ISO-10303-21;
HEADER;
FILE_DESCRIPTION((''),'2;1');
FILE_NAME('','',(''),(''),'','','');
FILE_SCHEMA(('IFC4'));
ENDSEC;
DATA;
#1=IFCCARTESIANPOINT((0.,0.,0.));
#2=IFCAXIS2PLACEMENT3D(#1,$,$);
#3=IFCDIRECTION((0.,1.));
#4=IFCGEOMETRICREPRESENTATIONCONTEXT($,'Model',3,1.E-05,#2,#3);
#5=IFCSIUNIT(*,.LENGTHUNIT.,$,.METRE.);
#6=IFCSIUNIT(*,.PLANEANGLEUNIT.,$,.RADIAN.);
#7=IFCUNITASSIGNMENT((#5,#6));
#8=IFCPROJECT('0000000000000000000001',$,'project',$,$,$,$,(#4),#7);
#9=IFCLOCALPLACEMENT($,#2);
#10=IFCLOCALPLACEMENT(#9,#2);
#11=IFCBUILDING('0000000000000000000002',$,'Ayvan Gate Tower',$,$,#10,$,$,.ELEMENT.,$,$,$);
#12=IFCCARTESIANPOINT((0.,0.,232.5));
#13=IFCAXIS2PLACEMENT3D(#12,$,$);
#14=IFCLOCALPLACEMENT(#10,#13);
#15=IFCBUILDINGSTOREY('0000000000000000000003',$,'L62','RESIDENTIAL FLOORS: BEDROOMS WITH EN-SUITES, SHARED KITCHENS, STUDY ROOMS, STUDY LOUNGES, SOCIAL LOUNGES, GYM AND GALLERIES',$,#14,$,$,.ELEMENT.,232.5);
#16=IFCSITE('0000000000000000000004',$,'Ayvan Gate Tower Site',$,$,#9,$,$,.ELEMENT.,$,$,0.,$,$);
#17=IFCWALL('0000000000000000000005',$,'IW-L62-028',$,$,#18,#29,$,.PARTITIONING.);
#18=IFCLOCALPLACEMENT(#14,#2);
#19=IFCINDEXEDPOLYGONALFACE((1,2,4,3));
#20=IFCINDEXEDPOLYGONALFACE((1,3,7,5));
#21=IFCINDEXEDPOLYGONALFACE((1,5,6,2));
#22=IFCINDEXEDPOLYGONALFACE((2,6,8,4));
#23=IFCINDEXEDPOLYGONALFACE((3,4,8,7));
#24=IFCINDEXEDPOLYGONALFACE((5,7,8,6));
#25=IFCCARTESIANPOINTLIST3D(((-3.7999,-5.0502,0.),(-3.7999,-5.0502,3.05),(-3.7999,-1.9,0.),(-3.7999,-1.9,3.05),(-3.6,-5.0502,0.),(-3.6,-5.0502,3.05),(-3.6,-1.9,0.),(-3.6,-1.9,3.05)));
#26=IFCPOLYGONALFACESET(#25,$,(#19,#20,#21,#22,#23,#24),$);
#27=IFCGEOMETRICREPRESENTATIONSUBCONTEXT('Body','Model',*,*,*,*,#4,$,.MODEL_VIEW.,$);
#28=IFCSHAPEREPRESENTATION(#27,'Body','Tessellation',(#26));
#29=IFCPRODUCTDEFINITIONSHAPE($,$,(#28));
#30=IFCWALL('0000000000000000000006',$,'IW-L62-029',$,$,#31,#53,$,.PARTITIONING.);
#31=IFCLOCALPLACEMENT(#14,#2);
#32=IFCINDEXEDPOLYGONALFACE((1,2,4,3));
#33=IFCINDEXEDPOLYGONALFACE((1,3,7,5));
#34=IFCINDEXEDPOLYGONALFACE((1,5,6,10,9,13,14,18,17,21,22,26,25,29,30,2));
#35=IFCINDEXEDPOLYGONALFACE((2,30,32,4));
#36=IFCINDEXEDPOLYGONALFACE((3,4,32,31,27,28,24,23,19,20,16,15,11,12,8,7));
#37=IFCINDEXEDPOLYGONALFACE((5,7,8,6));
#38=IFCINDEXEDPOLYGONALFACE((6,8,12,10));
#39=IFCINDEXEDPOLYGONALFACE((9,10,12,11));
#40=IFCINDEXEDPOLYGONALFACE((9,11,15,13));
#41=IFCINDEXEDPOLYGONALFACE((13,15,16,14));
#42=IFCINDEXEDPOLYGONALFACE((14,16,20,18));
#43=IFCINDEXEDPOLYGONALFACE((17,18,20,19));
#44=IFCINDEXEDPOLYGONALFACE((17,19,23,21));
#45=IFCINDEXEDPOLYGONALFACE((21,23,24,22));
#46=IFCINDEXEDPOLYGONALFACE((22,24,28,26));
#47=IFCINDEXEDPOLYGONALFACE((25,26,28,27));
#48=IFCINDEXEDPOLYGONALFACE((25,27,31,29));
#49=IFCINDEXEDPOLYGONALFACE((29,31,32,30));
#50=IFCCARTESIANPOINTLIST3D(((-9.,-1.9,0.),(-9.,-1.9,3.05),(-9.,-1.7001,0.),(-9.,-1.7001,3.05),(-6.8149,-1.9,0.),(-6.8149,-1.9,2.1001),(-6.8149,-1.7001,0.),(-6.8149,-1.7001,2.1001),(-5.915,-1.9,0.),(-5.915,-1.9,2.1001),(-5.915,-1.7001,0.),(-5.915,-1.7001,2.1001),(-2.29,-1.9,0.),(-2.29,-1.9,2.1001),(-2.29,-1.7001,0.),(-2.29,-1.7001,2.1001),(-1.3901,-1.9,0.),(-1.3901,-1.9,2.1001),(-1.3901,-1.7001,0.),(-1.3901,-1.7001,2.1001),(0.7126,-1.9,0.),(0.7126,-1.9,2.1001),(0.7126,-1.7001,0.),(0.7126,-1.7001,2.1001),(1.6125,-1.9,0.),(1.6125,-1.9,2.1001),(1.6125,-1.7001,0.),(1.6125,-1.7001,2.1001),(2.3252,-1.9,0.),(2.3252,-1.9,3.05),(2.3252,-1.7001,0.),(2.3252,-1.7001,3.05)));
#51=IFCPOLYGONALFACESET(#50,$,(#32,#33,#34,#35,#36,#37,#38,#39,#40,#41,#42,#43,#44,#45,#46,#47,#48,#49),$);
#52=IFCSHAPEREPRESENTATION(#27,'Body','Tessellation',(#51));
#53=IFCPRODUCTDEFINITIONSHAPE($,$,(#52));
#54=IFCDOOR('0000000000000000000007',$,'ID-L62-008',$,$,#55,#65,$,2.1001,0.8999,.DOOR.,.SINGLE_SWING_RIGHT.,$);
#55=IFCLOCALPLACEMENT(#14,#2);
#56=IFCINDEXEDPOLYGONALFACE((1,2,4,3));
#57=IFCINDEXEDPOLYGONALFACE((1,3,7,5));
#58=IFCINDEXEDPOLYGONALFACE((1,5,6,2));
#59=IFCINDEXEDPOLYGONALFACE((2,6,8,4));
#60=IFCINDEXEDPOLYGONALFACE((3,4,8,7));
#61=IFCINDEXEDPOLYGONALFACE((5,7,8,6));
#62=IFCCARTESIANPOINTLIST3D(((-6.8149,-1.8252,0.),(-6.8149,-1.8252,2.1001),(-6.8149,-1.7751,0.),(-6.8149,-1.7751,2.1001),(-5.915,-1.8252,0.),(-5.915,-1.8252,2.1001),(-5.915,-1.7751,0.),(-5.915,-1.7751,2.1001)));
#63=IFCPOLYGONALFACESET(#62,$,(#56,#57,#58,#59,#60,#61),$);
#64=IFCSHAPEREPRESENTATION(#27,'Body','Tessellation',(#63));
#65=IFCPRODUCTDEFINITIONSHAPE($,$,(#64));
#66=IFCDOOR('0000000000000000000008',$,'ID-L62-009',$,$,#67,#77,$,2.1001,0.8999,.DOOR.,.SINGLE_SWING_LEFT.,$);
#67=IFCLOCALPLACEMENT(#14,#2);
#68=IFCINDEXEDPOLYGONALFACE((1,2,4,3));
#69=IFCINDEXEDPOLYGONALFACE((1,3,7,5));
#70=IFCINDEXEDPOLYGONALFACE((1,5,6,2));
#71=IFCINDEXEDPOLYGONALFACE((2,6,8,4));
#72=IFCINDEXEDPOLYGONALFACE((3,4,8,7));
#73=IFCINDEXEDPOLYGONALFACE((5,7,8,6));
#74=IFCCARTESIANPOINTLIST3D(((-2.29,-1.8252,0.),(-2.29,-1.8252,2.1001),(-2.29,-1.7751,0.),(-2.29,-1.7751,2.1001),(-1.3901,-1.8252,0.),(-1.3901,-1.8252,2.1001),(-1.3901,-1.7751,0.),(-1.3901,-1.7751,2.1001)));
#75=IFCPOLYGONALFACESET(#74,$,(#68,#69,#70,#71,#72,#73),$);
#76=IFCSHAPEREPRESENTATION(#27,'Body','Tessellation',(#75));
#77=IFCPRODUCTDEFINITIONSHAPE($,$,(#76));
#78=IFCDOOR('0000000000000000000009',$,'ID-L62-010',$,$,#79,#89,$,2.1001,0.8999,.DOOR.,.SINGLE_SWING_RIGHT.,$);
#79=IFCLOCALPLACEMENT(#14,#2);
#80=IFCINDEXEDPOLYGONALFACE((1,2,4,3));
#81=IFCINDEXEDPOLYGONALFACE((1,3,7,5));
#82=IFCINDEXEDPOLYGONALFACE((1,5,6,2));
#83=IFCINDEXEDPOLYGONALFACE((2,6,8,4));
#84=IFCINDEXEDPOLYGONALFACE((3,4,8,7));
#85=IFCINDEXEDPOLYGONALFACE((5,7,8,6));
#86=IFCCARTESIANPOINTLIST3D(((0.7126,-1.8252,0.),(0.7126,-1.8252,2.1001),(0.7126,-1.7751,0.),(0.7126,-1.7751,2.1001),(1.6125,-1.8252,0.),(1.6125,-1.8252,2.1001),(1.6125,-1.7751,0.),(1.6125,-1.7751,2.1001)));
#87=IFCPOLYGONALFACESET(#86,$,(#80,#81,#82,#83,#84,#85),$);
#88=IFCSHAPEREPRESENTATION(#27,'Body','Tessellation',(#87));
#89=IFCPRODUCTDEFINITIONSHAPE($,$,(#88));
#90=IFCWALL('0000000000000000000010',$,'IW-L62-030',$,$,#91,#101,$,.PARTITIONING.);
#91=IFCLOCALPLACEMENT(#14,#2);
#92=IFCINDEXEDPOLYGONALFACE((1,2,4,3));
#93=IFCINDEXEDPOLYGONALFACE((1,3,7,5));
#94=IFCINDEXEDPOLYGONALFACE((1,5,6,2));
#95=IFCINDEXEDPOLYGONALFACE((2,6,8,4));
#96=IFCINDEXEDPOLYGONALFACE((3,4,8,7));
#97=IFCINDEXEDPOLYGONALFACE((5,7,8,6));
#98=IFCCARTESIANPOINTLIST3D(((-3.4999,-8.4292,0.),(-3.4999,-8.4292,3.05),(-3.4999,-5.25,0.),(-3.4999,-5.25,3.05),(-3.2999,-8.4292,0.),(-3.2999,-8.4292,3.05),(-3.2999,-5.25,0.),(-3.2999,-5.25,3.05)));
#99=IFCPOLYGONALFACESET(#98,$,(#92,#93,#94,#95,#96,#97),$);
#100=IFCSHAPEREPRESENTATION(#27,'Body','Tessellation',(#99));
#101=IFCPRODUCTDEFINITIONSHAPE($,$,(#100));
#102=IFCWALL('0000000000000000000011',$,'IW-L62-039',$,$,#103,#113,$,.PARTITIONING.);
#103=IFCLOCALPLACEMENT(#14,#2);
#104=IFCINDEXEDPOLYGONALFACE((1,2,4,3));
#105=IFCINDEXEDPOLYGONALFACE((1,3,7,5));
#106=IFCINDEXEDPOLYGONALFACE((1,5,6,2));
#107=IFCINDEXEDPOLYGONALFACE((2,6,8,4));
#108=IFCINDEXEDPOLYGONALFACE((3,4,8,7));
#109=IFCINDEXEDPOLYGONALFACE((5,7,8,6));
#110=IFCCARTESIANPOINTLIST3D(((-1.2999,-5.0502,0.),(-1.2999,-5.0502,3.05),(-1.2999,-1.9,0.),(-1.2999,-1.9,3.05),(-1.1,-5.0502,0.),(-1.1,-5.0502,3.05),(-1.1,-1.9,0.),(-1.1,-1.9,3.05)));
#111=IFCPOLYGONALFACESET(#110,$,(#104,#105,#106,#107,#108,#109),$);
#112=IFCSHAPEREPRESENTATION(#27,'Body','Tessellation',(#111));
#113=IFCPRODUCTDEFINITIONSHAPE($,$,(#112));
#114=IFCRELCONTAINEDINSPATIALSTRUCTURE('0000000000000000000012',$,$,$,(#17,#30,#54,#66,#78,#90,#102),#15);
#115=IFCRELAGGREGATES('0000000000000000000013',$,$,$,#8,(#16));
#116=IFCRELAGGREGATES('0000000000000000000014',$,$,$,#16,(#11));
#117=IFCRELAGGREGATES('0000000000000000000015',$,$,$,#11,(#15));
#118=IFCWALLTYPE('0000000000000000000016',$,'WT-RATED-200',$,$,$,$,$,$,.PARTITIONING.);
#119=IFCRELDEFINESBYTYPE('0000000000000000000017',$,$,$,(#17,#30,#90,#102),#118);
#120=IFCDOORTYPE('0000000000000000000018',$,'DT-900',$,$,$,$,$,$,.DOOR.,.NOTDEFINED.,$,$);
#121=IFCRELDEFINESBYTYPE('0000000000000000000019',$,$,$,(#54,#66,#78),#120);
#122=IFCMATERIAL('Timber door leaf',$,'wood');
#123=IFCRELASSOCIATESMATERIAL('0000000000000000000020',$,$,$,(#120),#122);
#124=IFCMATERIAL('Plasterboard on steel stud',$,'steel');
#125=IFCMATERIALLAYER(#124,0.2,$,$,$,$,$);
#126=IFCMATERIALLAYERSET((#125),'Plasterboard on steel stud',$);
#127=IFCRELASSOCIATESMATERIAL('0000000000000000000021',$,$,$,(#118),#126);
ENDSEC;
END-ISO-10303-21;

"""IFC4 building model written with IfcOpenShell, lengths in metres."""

from ifc_helpers import new_model, si_unit, direction, frame, frame_2d, origin, place, context, subcontext, project, spatial, rectangle, extrude, material, layer, layer_set, type_object, element, fill, save


model = new_model("IFC4")

# Units and contexts
model_context = context("Model", 3, precision=1e-05, world=origin(), true_north=direction((0.0, 1.0)))
body_context = subcontext(model_context, "Body", "Model", "MODEL_VIEW")
ifc_project = project(units=[si_unit("LENGTHUNIT", "METRE"), si_unit("PLANEANGLEUNIT", "RADIAN")], contexts=[model_context])

# Site, building, storey
site_placement = place(None, origin())
site = spatial("IfcSite", under=ifc_project, at=site_placement, Name="Ayvan Gate Tower Site", CompositionType="ELEMENT", RefElevation=0.0)
building_placement = place(site_placement, origin())
building = spatial("IfcBuilding", under=site, at=building_placement, Name="Ayvan Gate Tower", CompositionType="ELEMENT")
storey_placement = place(building_placement, frame((0.0, 0.0, 232.5)))
storey = spatial("IfcBuildingStorey", under=building, at=storey_placement, Name="L62", Description="RESIDENTIAL FLOORS: BEDROOMS WITH EN-SUITES, SHARED KITCHENS, STUDY ROOMS, STUDY LOUNGES, SOCIAL LOUNGES, GYM AND GALLERIES", CompositionType="ELEMENT", Elevation=232.5)

# Shared definitions
ifc_material_1 = material(Name="Timber door leaf", Category="wood")
door_type_1 = type_object("IfcDoorType", Name="DT-900", OperationType="NOTDEFINED", PredefinedType="DOOR", material=ifc_material_1)
ifc_material_2 = material(Name="Plasterboard on steel stud", Category="steel")

# Shared definitions
ifc_layer_1 = layer(ifc_material_2, 0.2)
ifc_layer_set_1 = layer_set([ifc_layer_1], Name="Plasterboard on steel stud")
wall_type_1 = type_object("IfcWallType", Name="WT-RATED-200", PredefinedType="PARTITIONING", material=ifc_layer_set_1)

# Wall
wall_1_placement = place(storey_placement, frame((-3.7, -1.8999, 0.0), z_axis=(0.0, 0.0, 1.0), x_axis=(0.0, -1.0, 0.0)))
element("IfcWall", 1, at=wall_1_placement, inside=storey, type_object=wall_type_1, Name="IW-L62-028", PredefinedType="PARTITIONING", context=body_context, shape_type="SweptSolid", body=[
    extrude(rectangle(XDim=3.1501, YDim=0.2, at=frame_2d((1.5752, 0.0))), origin(), (0.0, 0.0, 1.0), 3.05),
])

# Wall, openings, doors
wall_2_placement = place(storey_placement, frame((-9.0, -1.8, 0.0), z_axis=(0.0, 0.0, 1.0), x_axis=(1.0, 0.0, 0.0)))
wall_2 = element("IfcWall", 2, at=wall_2_placement, inside=storey, type_object=wall_type_1, Name="IW-L62-029", PredefinedType="PARTITIONING", context=body_context, shape_type="SweptSolid", body=[
    extrude(rectangle(XDim=11.3252, YDim=0.2, at=frame_2d((5.6626, 0.0))), origin(), (0.0, 0.0, 1.0), 3.05),
])
opening_1_placement = place(wall_2_placement, frame((2.1851, 0.0, 0.0)))
opening_1 = element("IfcOpeningElement", 3, at=opening_1_placement, cuts=wall_2, PredefinedType="OPENING", context=body_context, shape_type="SweptSolid", body=[
    extrude(rectangle(XDim=0.8999, YDim=2.1001, at=frame_2d((0.45, 1.05))), frame((0.0, 0.1099, 0.0), z_axis=(0.0, -1.0, 0.0), x_axis=(1.0, 0.0, 0.0)), (0.0, 0.0, 1.0), 0.22),
])
opening_2_placement = place(wall_2_placement, frame((6.71, 0.0, 0.0)))
opening_2 = element("IfcOpeningElement", 4, at=opening_2_placement, cuts=wall_2, PredefinedType="OPENING", context=body_context, shape_type="SweptSolid", body=[
    extrude(rectangle(XDim=0.8999, YDim=2.1001, at=frame_2d((0.45, 1.05))), frame((0.0, 0.1099, 0.0), z_axis=(0.0, -1.0, 0.0), x_axis=(1.0, 0.0, 0.0)), (0.0, 0.0, 1.0), 0.22),
])
opening_3_placement = place(wall_2_placement, frame((9.7126, 0.0, 0.0)))
opening_3 = element("IfcOpeningElement", 5, at=opening_3_placement, cuts=wall_2, PredefinedType="OPENING", context=body_context, shape_type="SweptSolid", body=[
    extrude(rectangle(XDim=0.8999, YDim=2.1001, at=frame_2d((0.45, 1.05))), frame((0.0, 0.1099, 0.0), z_axis=(0.0, -1.0, 0.0), x_axis=(1.0, 0.0, 0.0)), (0.0, 0.0, 1.0), 0.22),
])
door_1_placement = place(opening_1_placement, origin())
door_1 = element("IfcDoor", 6, at=door_1_placement, inside=storey, type_object=door_type_1, Name="ID-L62-008", OperationType="SINGLE_SWING_RIGHT", OverallHeight=2.1001, OverallWidth=0.8999, PredefinedType="DOOR", context=body_context, shape_type="SweptSolid", body=[
    extrude(rectangle(XDim=0.8999, YDim=2.1001, at=frame_2d((0.45, 1.05))), frame((0.0, 0.0249, 0.0), z_axis=(0.0, -1.0, 0.0), x_axis=(1.0, 0.0, 0.0)), (0.0, 0.0, 1.0), 0.05),
])
fill(opening_1, door_1)
door_2_placement = place(opening_2_placement, origin())
door_2 = element("IfcDoor", 7, at=door_2_placement, inside=storey, type_object=door_type_1, Name="ID-L62-009", OperationType="SINGLE_SWING_LEFT", OverallHeight=2.1001, OverallWidth=0.8999, PredefinedType="DOOR", context=body_context, shape_type="SweptSolid", body=[
    extrude(rectangle(XDim=0.8999, YDim=2.1001, at=frame_2d((0.45, 1.05))), frame((0.0, 0.0249, 0.0), z_axis=(0.0, -1.0, 0.0), x_axis=(1.0, 0.0, 0.0)), (0.0, 0.0, 1.0), 0.05),
])
fill(opening_2, door_2)
door_3_placement = place(opening_3_placement, origin())
door_3 = element("IfcDoor", 8, at=door_3_placement, inside=storey, type_object=door_type_1, Name="ID-L62-010", OperationType="SINGLE_SWING_RIGHT", OverallHeight=2.1001, OverallWidth=0.8999, PredefinedType="DOOR", context=body_context, shape_type="SweptSolid", body=[
    extrude(rectangle(XDim=0.8999, YDim=2.1001, at=frame_2d((0.45, 1.05))), frame((0.0, 0.0249, 0.0), z_axis=(0.0, -1.0, 0.0), x_axis=(1.0, 0.0, 0.0)), (0.0, 0.0, 1.0), 0.05),
])
fill(opening_3, door_3)

# Walls
wall_3_placement = place(storey_placement, frame((-3.3999, -5.25, 0.0), z_axis=(0.0, 0.0, 1.0), x_axis=(0.0, -1.0, 0.0)))
element("IfcWall", 9, at=wall_3_placement, inside=storey, type_object=wall_type_1, Name="IW-L62-030", PredefinedType="PARTITIONING", context=body_context, shape_type="SweptSolid", body=[
    extrude(rectangle(XDim=3.1792, YDim=0.2, at=frame_2d((1.5896, 0.0))), origin(), (0.0, 0.0, 1.0), 3.05),
])
wall_4_placement = place(storey_placement, frame((-1.2, -1.8999, 0.0), z_axis=(0.0, 0.0, 1.0), x_axis=(0.0, -1.0, 0.0)))
element("IfcWall", 10, at=wall_4_placement, inside=storey, type_object=wall_type_1, Name="IW-L62-039", PredefinedType="PARTITIONING", context=body_context, shape_type="SweptSolid", body=[
    extrude(rectangle(XDim=3.1501, YDim=0.2, at=frame_2d((1.5752, 0.0))), origin(), (0.0, 0.0, 1.0), 3.05),
])

save(model, "model.ifc")
